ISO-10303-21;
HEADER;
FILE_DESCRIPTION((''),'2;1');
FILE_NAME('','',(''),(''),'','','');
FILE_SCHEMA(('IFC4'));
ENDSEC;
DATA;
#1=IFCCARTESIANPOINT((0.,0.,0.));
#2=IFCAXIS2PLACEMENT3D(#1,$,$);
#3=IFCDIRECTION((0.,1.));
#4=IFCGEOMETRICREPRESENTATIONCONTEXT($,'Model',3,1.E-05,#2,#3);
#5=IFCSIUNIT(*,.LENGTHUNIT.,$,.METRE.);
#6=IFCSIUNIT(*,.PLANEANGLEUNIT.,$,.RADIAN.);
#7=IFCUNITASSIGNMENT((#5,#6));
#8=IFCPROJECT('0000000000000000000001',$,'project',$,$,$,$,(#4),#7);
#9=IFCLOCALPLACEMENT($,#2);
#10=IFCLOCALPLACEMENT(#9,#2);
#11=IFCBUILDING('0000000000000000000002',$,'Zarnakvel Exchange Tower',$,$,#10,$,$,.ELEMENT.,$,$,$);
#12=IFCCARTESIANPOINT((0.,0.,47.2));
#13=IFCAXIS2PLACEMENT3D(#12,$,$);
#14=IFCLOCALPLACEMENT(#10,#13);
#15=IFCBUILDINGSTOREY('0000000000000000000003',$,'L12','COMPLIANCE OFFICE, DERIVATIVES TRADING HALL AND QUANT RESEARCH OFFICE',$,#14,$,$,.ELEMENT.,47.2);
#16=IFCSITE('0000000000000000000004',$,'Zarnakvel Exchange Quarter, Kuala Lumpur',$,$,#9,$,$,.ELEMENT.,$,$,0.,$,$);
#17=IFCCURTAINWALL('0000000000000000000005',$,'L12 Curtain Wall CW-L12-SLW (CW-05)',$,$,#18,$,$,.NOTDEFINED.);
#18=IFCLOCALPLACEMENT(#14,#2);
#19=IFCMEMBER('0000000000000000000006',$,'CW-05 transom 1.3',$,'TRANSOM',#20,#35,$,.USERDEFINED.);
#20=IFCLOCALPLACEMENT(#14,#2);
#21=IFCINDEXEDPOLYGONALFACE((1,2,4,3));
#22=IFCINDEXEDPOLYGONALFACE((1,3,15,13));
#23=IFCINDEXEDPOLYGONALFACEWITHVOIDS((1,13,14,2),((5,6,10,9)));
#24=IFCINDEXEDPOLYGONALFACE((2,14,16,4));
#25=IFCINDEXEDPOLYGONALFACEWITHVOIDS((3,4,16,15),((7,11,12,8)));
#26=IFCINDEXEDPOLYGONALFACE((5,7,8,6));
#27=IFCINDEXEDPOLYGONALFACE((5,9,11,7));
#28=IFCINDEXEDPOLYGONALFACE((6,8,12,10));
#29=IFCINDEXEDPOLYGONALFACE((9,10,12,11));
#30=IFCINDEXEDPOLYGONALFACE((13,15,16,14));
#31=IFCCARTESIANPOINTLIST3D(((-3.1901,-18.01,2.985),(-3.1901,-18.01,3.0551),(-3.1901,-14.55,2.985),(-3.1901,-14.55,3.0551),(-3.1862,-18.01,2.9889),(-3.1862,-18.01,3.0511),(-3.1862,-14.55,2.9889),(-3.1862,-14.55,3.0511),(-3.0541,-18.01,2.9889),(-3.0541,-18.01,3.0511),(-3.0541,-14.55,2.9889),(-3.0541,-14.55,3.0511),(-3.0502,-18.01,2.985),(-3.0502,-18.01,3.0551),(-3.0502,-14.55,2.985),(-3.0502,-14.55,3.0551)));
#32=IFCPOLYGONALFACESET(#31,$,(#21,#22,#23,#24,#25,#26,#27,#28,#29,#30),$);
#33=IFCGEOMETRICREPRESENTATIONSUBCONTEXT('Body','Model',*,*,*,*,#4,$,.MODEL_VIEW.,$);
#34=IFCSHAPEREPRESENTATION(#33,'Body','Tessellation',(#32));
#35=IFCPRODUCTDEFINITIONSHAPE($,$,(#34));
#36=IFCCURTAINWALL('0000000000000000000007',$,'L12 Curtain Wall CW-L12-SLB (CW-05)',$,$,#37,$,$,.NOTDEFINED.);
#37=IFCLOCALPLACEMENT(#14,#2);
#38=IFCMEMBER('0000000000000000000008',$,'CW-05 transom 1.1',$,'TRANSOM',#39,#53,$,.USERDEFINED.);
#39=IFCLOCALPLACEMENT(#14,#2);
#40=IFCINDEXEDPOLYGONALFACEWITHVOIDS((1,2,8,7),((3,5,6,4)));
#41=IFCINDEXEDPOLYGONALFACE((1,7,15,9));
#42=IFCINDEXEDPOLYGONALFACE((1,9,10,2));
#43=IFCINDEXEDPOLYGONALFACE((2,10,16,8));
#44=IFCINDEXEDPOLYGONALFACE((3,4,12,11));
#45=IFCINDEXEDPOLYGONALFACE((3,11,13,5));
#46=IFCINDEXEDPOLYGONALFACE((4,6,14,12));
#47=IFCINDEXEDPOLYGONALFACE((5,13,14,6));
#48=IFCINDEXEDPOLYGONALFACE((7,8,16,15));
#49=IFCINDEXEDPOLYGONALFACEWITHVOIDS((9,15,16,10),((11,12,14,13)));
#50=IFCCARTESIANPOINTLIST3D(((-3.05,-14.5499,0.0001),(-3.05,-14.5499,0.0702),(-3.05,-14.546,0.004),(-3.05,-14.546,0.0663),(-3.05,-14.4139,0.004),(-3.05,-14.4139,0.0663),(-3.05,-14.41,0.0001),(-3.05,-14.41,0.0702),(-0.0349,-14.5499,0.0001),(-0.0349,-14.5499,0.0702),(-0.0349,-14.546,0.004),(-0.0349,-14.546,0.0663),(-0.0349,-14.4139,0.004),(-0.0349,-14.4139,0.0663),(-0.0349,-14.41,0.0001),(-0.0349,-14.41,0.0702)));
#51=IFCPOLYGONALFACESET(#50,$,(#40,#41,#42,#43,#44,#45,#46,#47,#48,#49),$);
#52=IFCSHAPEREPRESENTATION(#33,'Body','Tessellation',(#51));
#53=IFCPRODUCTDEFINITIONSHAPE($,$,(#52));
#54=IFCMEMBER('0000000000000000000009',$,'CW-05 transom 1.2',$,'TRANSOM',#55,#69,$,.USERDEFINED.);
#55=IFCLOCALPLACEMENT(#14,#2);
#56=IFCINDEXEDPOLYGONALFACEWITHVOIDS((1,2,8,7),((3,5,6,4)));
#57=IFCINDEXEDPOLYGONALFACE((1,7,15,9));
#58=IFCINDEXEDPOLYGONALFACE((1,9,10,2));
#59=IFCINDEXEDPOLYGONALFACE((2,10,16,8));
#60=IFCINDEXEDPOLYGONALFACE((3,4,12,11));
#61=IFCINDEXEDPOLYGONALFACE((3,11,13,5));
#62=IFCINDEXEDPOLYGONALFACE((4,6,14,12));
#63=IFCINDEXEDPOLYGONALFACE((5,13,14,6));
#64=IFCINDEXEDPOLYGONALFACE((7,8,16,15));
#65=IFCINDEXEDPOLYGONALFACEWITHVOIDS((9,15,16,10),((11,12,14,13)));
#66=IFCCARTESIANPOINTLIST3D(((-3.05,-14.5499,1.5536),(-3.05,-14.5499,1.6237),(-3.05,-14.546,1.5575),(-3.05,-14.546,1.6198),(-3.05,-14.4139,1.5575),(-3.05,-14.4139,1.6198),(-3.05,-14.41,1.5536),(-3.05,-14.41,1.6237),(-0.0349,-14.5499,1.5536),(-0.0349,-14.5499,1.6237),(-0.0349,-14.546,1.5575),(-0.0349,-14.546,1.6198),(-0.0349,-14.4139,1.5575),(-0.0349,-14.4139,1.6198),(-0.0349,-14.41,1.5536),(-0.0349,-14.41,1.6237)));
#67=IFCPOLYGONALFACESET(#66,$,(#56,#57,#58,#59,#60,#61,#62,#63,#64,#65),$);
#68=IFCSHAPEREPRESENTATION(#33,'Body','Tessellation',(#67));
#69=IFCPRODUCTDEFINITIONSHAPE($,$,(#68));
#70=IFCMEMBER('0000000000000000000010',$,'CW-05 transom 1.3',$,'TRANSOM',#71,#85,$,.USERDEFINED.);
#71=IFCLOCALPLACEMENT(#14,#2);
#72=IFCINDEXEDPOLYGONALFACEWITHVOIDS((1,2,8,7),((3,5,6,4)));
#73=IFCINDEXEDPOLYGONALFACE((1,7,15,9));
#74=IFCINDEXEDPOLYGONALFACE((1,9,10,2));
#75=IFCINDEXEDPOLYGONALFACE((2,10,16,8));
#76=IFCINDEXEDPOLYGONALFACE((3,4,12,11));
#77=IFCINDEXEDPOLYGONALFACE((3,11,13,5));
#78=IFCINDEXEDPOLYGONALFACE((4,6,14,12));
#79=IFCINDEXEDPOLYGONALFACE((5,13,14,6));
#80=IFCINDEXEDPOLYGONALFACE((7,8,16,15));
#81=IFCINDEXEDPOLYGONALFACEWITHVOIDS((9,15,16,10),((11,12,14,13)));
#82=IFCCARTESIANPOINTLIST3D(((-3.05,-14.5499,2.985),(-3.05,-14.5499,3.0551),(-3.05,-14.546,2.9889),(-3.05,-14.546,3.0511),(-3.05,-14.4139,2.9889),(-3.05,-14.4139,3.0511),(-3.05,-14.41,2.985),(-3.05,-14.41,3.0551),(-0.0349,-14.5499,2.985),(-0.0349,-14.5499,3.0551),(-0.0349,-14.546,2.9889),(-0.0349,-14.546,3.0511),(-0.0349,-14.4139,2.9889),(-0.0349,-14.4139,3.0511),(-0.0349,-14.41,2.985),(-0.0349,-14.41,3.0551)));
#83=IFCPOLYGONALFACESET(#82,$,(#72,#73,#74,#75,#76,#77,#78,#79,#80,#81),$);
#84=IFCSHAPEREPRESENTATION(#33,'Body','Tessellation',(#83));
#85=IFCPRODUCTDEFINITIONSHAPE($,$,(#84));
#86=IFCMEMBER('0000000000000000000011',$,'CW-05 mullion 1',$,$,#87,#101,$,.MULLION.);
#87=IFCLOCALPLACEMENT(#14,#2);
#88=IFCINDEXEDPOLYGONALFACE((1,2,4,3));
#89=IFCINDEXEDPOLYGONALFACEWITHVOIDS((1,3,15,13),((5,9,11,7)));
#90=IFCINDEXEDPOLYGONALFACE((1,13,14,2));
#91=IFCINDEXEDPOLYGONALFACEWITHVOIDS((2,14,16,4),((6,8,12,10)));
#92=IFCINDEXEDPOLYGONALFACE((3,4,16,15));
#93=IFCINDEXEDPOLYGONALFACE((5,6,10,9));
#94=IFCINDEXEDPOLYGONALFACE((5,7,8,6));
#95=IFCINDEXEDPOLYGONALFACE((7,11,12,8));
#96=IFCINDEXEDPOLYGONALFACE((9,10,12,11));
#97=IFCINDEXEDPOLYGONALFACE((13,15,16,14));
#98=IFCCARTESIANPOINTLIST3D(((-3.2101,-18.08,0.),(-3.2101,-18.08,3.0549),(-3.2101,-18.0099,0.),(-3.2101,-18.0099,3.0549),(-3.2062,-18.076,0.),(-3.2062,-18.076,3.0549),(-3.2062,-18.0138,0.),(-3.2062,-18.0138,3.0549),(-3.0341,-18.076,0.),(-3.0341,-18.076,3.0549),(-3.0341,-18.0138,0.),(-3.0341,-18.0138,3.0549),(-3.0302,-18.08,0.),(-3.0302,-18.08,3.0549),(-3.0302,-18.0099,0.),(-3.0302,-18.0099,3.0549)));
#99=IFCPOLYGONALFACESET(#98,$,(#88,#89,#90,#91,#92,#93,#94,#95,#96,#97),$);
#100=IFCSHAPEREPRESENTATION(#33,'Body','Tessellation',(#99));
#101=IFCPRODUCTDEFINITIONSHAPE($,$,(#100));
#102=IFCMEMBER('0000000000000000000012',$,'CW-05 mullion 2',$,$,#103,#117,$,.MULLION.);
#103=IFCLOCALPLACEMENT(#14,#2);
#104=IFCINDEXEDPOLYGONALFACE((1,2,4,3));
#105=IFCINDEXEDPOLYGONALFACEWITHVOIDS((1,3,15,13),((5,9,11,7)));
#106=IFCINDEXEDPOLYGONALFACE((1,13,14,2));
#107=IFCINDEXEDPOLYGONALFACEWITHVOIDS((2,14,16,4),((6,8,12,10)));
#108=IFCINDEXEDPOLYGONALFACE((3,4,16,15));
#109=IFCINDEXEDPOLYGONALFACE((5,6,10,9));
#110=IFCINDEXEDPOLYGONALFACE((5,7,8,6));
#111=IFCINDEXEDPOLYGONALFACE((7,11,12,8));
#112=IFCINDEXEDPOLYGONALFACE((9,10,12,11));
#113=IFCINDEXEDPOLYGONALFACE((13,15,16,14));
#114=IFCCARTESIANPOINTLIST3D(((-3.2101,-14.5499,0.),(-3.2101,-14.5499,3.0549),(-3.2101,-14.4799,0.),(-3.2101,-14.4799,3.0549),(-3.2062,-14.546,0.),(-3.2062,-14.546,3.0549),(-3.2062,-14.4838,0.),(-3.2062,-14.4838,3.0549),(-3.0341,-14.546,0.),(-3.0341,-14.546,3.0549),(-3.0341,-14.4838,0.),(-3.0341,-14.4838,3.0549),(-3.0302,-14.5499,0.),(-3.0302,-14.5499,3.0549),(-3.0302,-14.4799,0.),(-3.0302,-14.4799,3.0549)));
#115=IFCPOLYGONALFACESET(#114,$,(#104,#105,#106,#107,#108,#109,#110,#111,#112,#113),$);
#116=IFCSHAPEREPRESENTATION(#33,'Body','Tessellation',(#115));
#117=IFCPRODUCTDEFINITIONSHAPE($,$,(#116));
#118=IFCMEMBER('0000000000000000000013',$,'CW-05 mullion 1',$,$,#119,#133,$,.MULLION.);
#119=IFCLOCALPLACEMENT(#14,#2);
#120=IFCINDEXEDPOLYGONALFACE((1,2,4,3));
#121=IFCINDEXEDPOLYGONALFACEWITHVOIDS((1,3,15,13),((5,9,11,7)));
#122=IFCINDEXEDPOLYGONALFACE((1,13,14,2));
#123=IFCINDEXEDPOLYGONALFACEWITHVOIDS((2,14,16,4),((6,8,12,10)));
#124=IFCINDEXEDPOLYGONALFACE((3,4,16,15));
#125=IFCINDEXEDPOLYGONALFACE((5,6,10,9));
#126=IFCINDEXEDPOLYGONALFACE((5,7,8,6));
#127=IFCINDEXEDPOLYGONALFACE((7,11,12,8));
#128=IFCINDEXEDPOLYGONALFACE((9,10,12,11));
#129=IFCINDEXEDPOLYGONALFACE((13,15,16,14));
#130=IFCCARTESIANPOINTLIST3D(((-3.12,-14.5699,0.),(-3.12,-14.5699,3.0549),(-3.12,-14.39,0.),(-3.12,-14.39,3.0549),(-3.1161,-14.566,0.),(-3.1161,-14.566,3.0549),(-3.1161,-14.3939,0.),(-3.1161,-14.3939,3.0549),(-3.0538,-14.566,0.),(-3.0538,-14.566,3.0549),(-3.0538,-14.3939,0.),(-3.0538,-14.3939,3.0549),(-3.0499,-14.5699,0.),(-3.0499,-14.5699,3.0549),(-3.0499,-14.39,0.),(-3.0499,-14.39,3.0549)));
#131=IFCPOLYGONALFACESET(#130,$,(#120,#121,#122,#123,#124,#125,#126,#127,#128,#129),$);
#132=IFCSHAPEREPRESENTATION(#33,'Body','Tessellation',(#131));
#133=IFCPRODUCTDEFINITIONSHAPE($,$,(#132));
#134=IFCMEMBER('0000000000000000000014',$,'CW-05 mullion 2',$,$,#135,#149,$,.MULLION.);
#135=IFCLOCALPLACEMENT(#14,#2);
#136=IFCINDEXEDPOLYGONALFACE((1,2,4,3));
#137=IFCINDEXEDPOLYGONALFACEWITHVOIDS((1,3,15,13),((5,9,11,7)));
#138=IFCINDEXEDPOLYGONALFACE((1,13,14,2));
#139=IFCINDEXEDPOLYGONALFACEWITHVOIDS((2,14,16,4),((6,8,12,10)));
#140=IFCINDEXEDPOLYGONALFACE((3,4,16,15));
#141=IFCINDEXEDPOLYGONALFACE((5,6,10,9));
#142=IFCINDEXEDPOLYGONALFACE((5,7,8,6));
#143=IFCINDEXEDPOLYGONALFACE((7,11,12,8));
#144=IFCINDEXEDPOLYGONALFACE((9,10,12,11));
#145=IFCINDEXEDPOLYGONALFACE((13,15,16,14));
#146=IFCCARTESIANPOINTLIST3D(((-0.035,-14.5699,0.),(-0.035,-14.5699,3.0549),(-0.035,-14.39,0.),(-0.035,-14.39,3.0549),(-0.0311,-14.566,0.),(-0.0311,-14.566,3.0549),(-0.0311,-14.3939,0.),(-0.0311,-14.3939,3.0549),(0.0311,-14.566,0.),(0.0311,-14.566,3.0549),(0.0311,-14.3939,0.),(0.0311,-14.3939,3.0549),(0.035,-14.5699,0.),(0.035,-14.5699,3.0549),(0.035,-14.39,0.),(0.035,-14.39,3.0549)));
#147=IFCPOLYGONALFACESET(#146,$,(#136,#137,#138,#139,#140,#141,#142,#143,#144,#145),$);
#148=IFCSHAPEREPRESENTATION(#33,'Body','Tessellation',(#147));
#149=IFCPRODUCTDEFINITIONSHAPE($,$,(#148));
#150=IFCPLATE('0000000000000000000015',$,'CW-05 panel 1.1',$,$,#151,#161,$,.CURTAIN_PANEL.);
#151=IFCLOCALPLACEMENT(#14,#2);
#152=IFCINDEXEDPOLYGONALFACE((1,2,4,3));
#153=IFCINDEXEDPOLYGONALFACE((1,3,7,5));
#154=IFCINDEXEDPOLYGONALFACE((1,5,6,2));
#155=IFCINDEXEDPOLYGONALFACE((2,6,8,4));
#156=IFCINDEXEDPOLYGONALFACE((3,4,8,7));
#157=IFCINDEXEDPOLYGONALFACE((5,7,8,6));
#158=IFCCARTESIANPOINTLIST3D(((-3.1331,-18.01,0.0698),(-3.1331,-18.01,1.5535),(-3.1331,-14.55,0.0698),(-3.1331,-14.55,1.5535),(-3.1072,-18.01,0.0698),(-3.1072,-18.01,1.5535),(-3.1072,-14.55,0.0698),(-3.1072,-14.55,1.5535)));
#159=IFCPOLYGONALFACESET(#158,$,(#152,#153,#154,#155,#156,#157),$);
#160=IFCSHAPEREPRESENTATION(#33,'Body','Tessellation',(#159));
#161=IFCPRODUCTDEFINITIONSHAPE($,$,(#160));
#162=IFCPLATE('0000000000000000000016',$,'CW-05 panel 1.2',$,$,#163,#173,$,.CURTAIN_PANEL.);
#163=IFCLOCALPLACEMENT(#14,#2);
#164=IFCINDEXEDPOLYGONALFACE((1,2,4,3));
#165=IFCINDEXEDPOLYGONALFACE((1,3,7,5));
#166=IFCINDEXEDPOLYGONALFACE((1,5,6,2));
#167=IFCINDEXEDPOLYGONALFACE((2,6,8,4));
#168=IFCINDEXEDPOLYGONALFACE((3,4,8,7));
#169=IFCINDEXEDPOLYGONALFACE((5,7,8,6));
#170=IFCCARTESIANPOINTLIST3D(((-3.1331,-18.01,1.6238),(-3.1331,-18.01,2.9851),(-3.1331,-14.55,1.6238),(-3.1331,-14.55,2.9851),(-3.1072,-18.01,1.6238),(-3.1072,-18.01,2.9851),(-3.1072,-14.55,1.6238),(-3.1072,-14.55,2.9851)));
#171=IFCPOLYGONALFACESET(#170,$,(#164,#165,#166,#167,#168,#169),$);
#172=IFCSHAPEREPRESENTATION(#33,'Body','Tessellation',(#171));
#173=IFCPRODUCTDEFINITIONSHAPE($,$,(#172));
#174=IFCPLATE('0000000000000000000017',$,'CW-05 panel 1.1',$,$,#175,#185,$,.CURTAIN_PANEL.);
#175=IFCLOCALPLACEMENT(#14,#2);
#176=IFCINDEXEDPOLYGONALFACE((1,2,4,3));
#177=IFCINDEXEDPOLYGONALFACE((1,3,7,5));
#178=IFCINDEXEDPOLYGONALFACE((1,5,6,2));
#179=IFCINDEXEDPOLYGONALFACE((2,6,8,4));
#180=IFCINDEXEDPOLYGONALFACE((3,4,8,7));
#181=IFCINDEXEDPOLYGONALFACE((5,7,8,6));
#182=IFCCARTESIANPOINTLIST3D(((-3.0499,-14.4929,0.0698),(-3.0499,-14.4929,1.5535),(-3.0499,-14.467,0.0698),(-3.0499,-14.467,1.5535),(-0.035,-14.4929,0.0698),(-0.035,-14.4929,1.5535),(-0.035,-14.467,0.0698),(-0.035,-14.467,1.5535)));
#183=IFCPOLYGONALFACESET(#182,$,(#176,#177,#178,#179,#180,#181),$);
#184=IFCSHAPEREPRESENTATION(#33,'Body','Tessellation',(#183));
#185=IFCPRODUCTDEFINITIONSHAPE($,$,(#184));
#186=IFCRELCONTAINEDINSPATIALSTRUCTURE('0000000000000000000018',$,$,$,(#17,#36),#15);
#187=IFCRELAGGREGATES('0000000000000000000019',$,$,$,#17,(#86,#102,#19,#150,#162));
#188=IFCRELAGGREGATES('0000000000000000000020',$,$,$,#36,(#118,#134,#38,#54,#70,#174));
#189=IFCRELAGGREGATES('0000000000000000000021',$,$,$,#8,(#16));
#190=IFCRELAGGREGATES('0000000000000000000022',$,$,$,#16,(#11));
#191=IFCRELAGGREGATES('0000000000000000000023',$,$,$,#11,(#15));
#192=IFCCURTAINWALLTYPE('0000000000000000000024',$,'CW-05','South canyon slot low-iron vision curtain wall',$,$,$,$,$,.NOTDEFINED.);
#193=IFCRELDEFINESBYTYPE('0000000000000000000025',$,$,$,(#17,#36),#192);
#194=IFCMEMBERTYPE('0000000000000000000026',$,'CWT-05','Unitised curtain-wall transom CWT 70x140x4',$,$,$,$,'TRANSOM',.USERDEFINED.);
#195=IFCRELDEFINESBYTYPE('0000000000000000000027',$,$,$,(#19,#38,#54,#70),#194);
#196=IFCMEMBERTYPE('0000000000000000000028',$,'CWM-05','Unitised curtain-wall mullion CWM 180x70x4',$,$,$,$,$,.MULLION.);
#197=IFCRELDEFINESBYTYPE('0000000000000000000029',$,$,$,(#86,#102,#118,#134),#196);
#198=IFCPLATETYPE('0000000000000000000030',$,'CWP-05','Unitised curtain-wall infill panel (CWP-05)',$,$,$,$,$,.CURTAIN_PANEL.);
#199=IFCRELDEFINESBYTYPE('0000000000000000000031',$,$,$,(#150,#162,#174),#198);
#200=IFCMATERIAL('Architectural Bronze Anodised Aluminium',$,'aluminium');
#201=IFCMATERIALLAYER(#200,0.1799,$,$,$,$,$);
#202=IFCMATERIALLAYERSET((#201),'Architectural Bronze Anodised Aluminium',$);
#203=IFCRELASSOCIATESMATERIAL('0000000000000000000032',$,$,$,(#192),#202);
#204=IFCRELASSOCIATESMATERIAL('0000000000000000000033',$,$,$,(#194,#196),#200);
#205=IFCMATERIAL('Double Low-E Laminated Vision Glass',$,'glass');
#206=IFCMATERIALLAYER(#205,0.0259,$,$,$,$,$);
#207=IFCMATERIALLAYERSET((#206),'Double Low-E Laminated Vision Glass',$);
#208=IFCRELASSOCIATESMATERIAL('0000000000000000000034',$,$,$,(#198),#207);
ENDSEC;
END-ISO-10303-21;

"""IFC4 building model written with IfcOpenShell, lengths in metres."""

from ifc_helpers import new_model, si_unit, direction, frame, origin, origin_2d, place, context, subcontext, project, spatial, rectangle, hollow_rectangle, extrude, source, transform, mapped, material, layer, layer_set, material_profile, profile_set, type_object, element, aggregate, save


model = new_model("IFC4")

# Units and contexts
model_context = context("Model", 3, precision=1e-05, world=origin(), true_north=direction((0.0, 1.0)))
body_context = subcontext(model_context, "Body", "Model", "MODEL_VIEW")
ifc_project = project(units=[si_unit("LENGTHUNIT", "METRE"), si_unit("PLANEANGLEUNIT", "RADIAN")], contexts=[model_context])

# Site, building, storey
site_placement = place(None, origin())
site = spatial("IfcSite", under=ifc_project, at=site_placement, Name="Zarnakvel Exchange Quarter, Kuala Lumpur", CompositionType="ELEMENT", RefElevation=0.0)
building_placement = place(site_placement, origin())
building = spatial("IfcBuilding", under=site, at=building_placement, Name="Zarnakvel Exchange Tower", CompositionType="ELEMENT")
storey_placement = place(building_placement, frame((0.0, 0.0, 47.2)))
storey = spatial("IfcBuildingStorey", under=building, at=storey_placement, Name="L12", Description="COMPLIANCE OFFICE, DERIVATIVES TRADING HALL AND QUANT RESEARCH OFFICE", CompositionType="ELEMENT", Elevation=47.2)

# Curtain walls, members
ifc_material_1 = material(Name="Architectural Bronze Anodised Aluminium", Category="aluminium")
ifc_layer_1 = layer(ifc_material_1, 0.1799)
ifc_layer_set_1 = layer_set([ifc_layer_1], Name="Architectural Bronze Anodised Aluminium")
curtain_wall_type = type_object("IfcCurtainWallType", Name="CW-05", Description="South canyon slot low-iron vision curtain wall", PredefinedType="NOTDEFINED", material=ifc_layer_set_1)
curtain_wall_1_placement = place(storey_placement, origin())
curtain_wall_1 = element("IfcCurtainWall", 1, at=curtain_wall_1_placement, inside=storey, type_object=curtain_wall_type, Name="L12 Curtain Wall CW-L12-SLW (CW-05)", PredefinedType="NOTDEFINED")
ifc_material_profile_1 = material_profile(ifc_material_1, hollow_rectangle(XDim=0.1399, YDim=0.0701, WallThickness=0.0039, at=origin_2d()))
ifc_profile_set_1 = profile_set([ifc_material_profile_1], Name="Architectural Bronze Anodised Aluminium")
member_type_1 = type_object("IfcMemberType", Name="CWT-05", Description="Unitised curtain-wall transom CWT 70x140x4", ElementType="TRANSOM", PredefinedType="USERDEFINED", material=ifc_profile_set_1)
shared_shape_1 = source(origin(), body_context, "Body", "SweptSolid", [
    extrude(hollow_rectangle(XDim=0.1399, YDim=0.0701, WallThickness=0.0039, at=origin_2d()), origin(), (0.0, 0.0, 1.0), 3.46),
])
member_1_placement = place(storey_placement, frame((-3.1201, -18.01, 3.02), z_axis=(0.0, 1.0, 0.0), x_axis=(-1.0, 0.0, 0.0)))
member_1 = element("IfcMember", 2, at=member_1_placement, type_object=member_type_1, Name="CW-05 transom 1.3", ObjectType="TRANSOM", PredefinedType="USERDEFINED", context=body_context, shape_type="MappedRepresentation", body=[
    mapped(shared_shape_1, transform((0.0, 0.0, 0.0), x_axis=(1.0, 0.0, 0.0), y_axis=(0.0, 1.0, 0.0), z_axis=(0.0, 0.0, 1.0), scale=1.0)),
])
curtain_wall_2_placement = place(storey_placement, origin())
curtain_wall_2 = element("IfcCurtainWall", 3, at=curtain_wall_2_placement, inside=storey, type_object=curtain_wall_type, Name="L12 Curtain Wall CW-L12-SLB (CW-05)", PredefinedType="NOTDEFINED")
shared_shape_2 = source(origin(), body_context, "Body", "SweptSolid", [
    extrude(hollow_rectangle(XDim=0.1399, YDim=0.0701, WallThickness=0.0039, at=origin_2d()), origin(), (0.0, 0.0, 1.0), 3.0151),
])
member_2_placement = place(storey_placement, frame((-3.05, -14.48, 0.0352), z_axis=(1.0, 0.0, 0.0), x_axis=(0.0, 1.0, 0.0)))
member_2 = element("IfcMember", 4, at=member_2_placement, type_object=member_type_1, Name="CW-05 transom 1.1", ObjectType="TRANSOM", PredefinedType="USERDEFINED", context=body_context, shape_type="MappedRepresentation", body=[
    mapped(shared_shape_2, transform((0.0, 0.0, 0.0), x_axis=(1.0, 0.0, 0.0), y_axis=(0.0, 1.0, 0.0), z_axis=(0.0, 0.0, 1.0), scale=1.0)),
])
member_3_placement = place(storey_placement, frame((-3.05, -14.48, 1.5886), z_axis=(1.0, 0.0, 0.0), x_axis=(0.0, 1.0, 0.0)))
member_3 = element("IfcMember", 5, at=member_3_placement, type_object=member_type_1, Name="CW-05 transom 1.2", ObjectType="TRANSOM", PredefinedType="USERDEFINED", context=body_context, shape_type="MappedRepresentation", body=[
    mapped(shared_shape_2, transform((0.0, 0.0, 0.0), x_axis=(1.0, 0.0, 0.0), y_axis=(0.0, 1.0, 0.0), z_axis=(0.0, 0.0, 1.0), scale=1.0)),
])
member_4_placement = place(storey_placement, frame((-3.05, -14.48, 3.02), z_axis=(1.0, 0.0, 0.0), x_axis=(0.0, 1.0, 0.0)))
member_4 = element("IfcMember", 6, at=member_4_placement, type_object=member_type_1, Name="CW-05 transom 1.3", ObjectType="TRANSOM", PredefinedType="USERDEFINED", context=body_context, shape_type="MappedRepresentation", body=[
    mapped(shared_shape_2, transform((0.0, 0.0, 0.0), x_axis=(1.0, 0.0, 0.0), y_axis=(0.0, 1.0, 0.0), z_axis=(0.0, 0.0, 1.0), scale=1.0)),
])

# Members
ifc_material_profile_2 = material_profile(ifc_material_1, hollow_rectangle(XDim=0.1799, YDim=0.0701, WallThickness=0.0039, at=origin_2d()))
ifc_profile_set_2 = profile_set([ifc_material_profile_2], Name="Architectural Bronze Anodised Aluminium")
member_type_2 = type_object("IfcMemberType", Name="CWM-05", Description="Unitised curtain-wall mullion CWM 180x70x4", PredefinedType="MULLION", material=ifc_profile_set_2)
shared_shape_3 = source(origin(), body_context, "Body", "SweptSolid", [
    extrude(hollow_rectangle(XDim=0.1799, YDim=0.0701, WallThickness=0.0039, at=origin_2d()), origin(), (0.0, 0.0, 1.0), 3.0549),
])
member_5_placement = place(storey_placement, frame((-3.1201, -18.0449, 0.0), z_axis=(0.0, 0.0, 1.0), x_axis=(-1.0, 0.0, 0.0)))
member_5 = element("IfcMember", 7, at=member_5_placement, type_object=member_type_2, Name="CW-05 mullion 1", PredefinedType="MULLION", context=body_context, shape_type="MappedRepresentation", body=[
    mapped(shared_shape_3, transform((0.0, 0.0, 0.0), x_axis=(1.0, 0.0, 0.0), y_axis=(0.0, 1.0, 0.0), z_axis=(0.0, 0.0, 1.0), scale=1.0)),
])
member_6_placement = place(storey_placement, frame((-3.1201, -14.5149, 0.0), z_axis=(0.0, 0.0, 1.0), x_axis=(-1.0, 0.0, 0.0)))
member_6 = element("IfcMember", 8, at=member_6_placement, type_object=member_type_2, Name="CW-05 mullion 2", PredefinedType="MULLION", context=body_context, shape_type="MappedRepresentation", body=[
    mapped(shared_shape_3, transform((0.0, 0.0, 0.0), x_axis=(1.0, 0.0, 0.0), y_axis=(0.0, 1.0, 0.0), z_axis=(0.0, 0.0, 1.0), scale=1.0)),
])
member_7_placement = place(storey_placement, frame((-3.085, -14.48, 0.0), z_axis=(0.0, 0.0, 1.0), x_axis=(0.0, 1.0, 0.0)))
member_7 = element("IfcMember", 9, at=member_7_placement, type_object=member_type_2, Name="CW-05 mullion 1", PredefinedType="MULLION", context=body_context, shape_type="MappedRepresentation", body=[
    mapped(shared_shape_3, transform((0.0, 0.0, 0.0), x_axis=(1.0, 0.0, 0.0), y_axis=(0.0, 1.0, 0.0), z_axis=(0.0, 0.0, 1.0), scale=1.0)),
])
member_8_placement = place(storey_placement, frame((0.0, -14.48, 0.0), z_axis=(0.0, 0.0, 1.0), x_axis=(0.0, 1.0, 0.0)))
member_8 = element("IfcMember", 10, at=member_8_placement, type_object=member_type_2, Name="CW-05 mullion 2", PredefinedType="MULLION", context=body_context, shape_type="MappedRepresentation", body=[
    mapped(shared_shape_3, transform((0.0, 0.0, 0.0), x_axis=(1.0, 0.0, 0.0), y_axis=(0.0, 1.0, 0.0), z_axis=(0.0, 0.0, 1.0), scale=1.0)),
])

# Plates
ifc_material_2 = material(Name="Double Low-E Laminated Vision Glass", Category="glass")
ifc_layer_2 = layer(ifc_material_2, 0.0259)
ifc_layer_set_2 = layer_set([ifc_layer_2], Name="Double Low-E Laminated Vision Glass")
plate_type = type_object("IfcPlateType", Name="CWP-05", Description="Unitised curtain-wall infill panel (CWP-05)", PredefinedType="CURTAIN_PANEL", material=ifc_layer_set_2)
shared_shape_4 = source(origin(), body_context, "Body", "SweptSolid", [
    extrude(rectangle(XDim=3.46, YDim=0.0259, at=origin_2d()), origin(), (0.0, 0.0, 1.0), 1.4836),
])
plate_1_placement = place(storey_placement, frame((-3.1201, -16.28, 0.0698), z_axis=(0.0, 0.0, 1.0), x_axis=(0.0, 1.0, 0.0)))
plate_1 = element("IfcPlate", 11, at=plate_1_placement, type_object=plate_type, Name="CW-05 panel 1.1", PredefinedType="CURTAIN_PANEL", context=body_context, shape_type="MappedRepresentation", body=[
    mapped(shared_shape_4, transform((0.0, 0.0, 0.0), x_axis=(1.0, 0.0, 0.0), y_axis=(0.0, 1.0, 0.0), z_axis=(0.0, 0.0, 1.0), scale=1.0)),
])
shared_shape_5 = source(origin(), body_context, "Body", "SweptSolid", [
    extrude(rectangle(XDim=3.46, YDim=0.0259, at=origin_2d()), origin(), (0.0, 0.0, 1.0), 1.3613),
])
plate_2_placement = place(storey_placement, frame((-3.1201, -16.28, 1.6238), z_axis=(0.0, 0.0, 1.0), x_axis=(0.0, 1.0, 0.0)))
plate_2 = element("IfcPlate", 12, at=plate_2_placement, type_object=plate_type, Name="CW-05 panel 1.2", PredefinedType="CURTAIN_PANEL", context=body_context, shape_type="MappedRepresentation", body=[
    mapped(shared_shape_5, transform((0.0, 0.0, 0.0), x_axis=(1.0, 0.0, 0.0), y_axis=(0.0, 1.0, 0.0), z_axis=(0.0, 0.0, 1.0), scale=1.0)),
])
aggregate(curtain_wall_1, [member_5, member_6, member_1, plate_1, plate_2])
shared_shape_6 = source(origin(), body_context, "Body", "SweptSolid", [
    extrude(rectangle(XDim=3.0149, YDim=0.0259, at=origin_2d()), origin(), (0.0, 0.0, 1.0), 1.4836),
])
plate_3_placement = place(storey_placement, frame((-1.5425, -14.48, 0.0698), z_axis=(0.0, 0.0, 1.0), x_axis=(1.0, 0.0, 0.0)))
plate_3 = element("IfcPlate", 13, at=plate_3_placement, type_object=plate_type, Name="CW-05 panel 1.1", PredefinedType="CURTAIN_PANEL", context=body_context, shape_type="MappedRepresentation", body=[
    mapped(shared_shape_6, transform((0.0, 0.0, 0.0), x_axis=(1.0, 0.0, 0.0), y_axis=(0.0, 1.0, 0.0), z_axis=(0.0, 0.0, 1.0), scale=1.0)),
])
aggregate(curtain_wall_2, [member_7, member_8, member_2, member_3, member_4, plate_3])

save(model, "model.ifc")
